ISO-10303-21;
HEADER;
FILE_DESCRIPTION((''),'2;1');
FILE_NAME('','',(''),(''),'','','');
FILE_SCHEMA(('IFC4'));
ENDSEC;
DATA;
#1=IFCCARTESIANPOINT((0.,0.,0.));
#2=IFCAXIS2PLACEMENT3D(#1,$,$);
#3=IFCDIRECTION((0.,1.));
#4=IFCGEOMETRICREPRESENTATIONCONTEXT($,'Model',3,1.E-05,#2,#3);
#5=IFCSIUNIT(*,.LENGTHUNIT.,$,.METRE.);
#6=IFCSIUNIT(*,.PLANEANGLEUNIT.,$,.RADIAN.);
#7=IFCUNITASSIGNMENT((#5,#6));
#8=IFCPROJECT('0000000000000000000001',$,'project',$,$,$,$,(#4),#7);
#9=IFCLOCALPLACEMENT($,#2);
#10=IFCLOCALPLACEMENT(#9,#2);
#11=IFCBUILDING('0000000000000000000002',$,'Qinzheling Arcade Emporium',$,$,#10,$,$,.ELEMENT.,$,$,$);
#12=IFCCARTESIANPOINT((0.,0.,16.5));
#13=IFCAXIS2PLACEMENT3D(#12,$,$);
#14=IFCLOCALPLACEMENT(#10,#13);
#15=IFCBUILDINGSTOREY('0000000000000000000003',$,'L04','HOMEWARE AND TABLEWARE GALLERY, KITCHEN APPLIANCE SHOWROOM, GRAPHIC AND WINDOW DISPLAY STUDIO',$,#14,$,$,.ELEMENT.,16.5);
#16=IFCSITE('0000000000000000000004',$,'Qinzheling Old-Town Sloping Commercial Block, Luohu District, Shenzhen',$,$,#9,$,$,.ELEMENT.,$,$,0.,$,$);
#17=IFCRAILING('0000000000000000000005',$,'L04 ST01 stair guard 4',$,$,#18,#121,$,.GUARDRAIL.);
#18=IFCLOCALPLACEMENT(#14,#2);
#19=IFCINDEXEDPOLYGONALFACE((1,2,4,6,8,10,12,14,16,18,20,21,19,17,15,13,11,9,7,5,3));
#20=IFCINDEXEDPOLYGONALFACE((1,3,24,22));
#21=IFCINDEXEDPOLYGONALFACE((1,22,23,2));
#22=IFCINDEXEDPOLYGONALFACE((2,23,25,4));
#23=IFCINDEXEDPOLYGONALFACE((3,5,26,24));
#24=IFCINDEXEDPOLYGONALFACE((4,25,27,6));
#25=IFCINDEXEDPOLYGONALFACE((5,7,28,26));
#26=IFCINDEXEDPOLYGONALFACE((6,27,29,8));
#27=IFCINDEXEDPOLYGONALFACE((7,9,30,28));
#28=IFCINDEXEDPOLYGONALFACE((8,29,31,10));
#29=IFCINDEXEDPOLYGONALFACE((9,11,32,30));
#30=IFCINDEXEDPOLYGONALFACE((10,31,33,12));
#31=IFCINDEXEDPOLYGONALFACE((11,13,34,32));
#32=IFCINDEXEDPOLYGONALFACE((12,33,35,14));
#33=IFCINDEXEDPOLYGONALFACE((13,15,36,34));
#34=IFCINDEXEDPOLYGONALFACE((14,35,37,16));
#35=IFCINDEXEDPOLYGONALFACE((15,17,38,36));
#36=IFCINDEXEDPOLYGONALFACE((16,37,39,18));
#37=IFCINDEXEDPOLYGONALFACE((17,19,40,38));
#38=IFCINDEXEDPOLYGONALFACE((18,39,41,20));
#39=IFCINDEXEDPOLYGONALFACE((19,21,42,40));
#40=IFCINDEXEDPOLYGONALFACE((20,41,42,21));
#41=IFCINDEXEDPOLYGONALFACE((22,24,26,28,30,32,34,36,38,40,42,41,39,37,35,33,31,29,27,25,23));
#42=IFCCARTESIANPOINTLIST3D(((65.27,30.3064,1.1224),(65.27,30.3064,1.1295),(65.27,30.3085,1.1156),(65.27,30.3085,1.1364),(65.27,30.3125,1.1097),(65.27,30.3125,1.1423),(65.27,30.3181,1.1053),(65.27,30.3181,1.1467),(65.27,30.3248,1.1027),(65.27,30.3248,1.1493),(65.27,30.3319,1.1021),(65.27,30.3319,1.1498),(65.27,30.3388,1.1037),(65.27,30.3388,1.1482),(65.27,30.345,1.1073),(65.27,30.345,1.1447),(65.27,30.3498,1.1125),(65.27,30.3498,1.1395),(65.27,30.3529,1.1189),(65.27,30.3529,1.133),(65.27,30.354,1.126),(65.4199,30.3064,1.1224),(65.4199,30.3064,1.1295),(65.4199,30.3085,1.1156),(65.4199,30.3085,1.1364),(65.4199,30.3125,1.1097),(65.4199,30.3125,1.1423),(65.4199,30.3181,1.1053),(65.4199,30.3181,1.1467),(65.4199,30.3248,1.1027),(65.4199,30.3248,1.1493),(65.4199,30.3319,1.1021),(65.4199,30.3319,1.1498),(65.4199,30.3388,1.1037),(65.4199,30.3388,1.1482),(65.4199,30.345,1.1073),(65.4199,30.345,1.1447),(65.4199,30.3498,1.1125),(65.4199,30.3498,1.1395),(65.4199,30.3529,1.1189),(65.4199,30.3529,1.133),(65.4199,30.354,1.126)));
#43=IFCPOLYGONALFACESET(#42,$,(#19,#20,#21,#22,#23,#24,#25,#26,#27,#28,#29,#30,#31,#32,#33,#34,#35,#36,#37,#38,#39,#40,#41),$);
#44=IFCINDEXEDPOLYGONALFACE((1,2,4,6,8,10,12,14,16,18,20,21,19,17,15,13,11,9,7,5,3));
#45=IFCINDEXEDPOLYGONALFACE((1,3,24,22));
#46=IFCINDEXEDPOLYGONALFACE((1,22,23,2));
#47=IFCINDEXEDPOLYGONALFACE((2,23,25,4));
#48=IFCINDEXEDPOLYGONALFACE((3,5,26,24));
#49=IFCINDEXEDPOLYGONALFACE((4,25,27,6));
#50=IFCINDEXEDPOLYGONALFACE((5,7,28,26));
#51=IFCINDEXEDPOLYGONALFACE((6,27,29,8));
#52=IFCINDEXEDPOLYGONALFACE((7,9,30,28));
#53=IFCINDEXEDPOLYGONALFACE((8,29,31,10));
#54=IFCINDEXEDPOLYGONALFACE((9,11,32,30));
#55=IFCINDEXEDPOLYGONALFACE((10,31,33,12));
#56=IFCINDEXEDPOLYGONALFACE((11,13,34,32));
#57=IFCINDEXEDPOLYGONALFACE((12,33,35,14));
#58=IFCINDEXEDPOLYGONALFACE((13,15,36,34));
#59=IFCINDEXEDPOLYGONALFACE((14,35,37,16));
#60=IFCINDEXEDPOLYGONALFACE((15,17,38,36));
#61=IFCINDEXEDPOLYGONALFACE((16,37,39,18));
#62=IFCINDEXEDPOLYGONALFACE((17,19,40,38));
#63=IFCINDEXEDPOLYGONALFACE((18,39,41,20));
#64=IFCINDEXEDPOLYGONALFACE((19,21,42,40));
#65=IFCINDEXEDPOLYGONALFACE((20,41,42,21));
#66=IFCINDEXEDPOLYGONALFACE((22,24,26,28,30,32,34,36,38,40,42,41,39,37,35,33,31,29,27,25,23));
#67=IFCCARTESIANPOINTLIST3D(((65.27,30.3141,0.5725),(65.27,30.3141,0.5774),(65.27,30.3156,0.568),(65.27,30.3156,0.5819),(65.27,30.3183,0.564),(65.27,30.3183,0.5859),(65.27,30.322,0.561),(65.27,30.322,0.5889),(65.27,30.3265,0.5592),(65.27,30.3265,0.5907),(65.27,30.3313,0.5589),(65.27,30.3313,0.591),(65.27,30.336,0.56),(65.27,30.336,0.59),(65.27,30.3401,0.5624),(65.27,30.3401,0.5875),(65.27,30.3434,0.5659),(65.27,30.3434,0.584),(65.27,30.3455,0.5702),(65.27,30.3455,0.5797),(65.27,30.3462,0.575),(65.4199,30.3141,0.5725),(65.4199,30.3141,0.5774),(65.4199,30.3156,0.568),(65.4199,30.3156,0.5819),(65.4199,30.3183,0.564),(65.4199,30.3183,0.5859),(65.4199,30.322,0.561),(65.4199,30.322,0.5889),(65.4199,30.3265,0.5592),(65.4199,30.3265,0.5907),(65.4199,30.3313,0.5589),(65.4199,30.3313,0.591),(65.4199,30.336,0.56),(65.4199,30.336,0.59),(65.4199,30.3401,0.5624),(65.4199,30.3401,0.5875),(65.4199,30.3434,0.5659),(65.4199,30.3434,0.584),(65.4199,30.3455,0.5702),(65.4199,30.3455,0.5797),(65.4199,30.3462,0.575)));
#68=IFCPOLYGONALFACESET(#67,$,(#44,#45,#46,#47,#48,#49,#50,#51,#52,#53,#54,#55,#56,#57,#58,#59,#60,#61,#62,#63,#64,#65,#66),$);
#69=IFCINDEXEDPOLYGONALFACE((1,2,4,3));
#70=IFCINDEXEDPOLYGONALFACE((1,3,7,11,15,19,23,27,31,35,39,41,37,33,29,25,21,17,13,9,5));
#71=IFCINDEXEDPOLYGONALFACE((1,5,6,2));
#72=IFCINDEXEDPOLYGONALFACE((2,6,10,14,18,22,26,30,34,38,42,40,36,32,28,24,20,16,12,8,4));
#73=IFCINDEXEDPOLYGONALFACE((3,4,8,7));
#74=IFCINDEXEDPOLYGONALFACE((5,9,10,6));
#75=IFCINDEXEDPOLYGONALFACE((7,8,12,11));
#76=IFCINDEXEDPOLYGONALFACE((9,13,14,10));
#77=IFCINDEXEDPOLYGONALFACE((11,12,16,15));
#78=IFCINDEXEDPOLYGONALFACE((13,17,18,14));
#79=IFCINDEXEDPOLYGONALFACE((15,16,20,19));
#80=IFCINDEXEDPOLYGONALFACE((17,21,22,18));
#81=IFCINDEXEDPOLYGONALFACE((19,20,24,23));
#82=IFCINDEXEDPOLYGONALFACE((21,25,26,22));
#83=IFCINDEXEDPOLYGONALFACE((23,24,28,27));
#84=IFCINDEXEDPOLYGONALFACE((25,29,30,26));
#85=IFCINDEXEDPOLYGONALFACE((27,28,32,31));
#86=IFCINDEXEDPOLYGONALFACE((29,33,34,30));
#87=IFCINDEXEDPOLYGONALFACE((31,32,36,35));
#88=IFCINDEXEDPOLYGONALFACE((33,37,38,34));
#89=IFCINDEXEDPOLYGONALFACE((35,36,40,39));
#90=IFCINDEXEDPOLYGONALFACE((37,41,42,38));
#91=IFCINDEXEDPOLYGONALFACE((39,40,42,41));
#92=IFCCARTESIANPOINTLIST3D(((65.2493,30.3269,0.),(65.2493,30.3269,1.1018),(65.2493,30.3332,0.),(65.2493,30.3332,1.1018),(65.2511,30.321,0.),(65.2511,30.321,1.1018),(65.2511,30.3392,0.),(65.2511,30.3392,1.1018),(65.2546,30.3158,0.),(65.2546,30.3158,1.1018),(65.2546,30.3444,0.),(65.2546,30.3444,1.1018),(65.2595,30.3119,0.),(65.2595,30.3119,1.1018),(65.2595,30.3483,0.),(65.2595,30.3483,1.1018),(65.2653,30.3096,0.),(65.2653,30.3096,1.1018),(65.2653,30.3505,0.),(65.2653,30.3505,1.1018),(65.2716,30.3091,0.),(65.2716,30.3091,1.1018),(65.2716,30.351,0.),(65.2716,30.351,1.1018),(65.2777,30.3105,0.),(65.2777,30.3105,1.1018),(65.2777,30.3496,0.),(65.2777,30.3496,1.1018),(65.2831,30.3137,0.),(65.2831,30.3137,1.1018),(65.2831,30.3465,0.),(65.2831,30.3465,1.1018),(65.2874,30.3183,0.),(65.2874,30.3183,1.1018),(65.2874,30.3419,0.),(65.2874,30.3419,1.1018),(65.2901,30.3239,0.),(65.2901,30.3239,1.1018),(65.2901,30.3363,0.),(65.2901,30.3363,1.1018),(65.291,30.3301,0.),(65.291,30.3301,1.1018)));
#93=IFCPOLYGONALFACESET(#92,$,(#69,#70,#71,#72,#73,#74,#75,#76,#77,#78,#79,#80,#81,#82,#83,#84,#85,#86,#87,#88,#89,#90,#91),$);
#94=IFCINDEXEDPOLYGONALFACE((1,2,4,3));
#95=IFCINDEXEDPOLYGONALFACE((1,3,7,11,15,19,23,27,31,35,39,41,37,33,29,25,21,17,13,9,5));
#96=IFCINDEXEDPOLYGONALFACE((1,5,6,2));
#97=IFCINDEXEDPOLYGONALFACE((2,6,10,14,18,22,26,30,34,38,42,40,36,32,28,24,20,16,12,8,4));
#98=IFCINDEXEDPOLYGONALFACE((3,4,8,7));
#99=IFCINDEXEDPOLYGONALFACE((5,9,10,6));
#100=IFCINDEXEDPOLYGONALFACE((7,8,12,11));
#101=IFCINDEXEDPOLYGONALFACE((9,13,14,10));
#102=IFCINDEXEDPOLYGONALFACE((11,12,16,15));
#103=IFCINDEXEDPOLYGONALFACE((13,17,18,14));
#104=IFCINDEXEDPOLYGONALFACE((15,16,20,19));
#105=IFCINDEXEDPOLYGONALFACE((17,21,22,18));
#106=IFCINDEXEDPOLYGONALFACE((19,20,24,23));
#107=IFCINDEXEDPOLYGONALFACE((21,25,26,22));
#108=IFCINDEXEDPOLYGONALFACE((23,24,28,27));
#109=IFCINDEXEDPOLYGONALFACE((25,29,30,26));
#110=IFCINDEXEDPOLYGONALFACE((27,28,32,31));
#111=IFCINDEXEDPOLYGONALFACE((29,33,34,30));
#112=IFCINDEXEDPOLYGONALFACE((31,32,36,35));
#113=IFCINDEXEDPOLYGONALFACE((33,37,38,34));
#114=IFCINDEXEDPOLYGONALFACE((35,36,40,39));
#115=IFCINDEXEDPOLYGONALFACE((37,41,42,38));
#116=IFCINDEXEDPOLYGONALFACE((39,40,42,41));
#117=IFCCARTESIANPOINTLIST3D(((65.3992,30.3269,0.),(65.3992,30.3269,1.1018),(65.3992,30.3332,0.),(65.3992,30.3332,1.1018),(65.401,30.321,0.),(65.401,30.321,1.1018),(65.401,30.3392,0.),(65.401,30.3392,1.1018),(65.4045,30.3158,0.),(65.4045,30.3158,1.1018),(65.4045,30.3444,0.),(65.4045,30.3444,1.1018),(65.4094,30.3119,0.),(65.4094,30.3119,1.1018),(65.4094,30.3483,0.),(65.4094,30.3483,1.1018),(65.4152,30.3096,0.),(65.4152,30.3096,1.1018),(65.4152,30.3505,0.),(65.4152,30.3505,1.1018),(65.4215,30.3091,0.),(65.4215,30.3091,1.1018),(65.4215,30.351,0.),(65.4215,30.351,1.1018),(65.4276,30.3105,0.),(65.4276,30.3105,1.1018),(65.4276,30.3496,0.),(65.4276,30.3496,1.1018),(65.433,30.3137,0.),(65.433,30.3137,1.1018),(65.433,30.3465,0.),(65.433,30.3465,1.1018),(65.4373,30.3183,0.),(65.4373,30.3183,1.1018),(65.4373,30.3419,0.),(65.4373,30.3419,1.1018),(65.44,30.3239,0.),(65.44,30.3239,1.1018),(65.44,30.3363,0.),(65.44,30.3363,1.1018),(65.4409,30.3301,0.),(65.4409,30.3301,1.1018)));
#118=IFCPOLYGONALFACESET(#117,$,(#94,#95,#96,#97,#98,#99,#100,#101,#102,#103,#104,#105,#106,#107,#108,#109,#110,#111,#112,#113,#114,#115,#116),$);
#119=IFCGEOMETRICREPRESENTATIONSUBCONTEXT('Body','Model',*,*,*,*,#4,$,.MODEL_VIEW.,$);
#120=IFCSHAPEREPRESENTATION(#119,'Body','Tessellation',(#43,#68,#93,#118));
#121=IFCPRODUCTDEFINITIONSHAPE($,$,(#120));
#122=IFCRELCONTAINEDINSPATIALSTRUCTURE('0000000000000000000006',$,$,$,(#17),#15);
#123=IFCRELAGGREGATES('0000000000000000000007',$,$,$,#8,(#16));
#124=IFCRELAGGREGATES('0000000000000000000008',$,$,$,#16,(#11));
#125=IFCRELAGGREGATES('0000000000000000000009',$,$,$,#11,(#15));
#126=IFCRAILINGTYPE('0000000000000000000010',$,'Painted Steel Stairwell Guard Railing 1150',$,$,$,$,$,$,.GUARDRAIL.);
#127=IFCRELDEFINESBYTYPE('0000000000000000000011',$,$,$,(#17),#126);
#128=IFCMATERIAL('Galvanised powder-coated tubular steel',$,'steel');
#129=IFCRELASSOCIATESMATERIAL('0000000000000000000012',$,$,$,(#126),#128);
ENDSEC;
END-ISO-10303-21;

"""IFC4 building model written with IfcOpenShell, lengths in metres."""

from ifc_helpers import new_model, si_unit, direction, frame, origin, origin_2d, place, context, subcontext, project, spatial, circle, extrude, material, type_object, element, save


model = new_model("IFC4")

# Units and contexts
model_context = context("Model", 3, precision=1e-05, world=origin(), true_north=direction((0.0, 1.0)))
body_context = subcontext(model_context, "Body", "Model", "MODEL_VIEW")
ifc_project = project(units=[si_unit("LENGTHUNIT", "METRE"), si_unit("PLANEANGLEUNIT", "RADIAN")], contexts=[model_context])

# Site, building, storey
site_placement = place(None, origin())
site = spatial("IfcSite", under=ifc_project, at=site_placement, Name="Qinzheling Old-Town Sloping Commercial Block, Luohu District, Shenzhen", CompositionType="ELEMENT", RefElevation=0.0)
building_placement = place(site_placement, origin())
building = spatial("IfcBuilding", under=site, at=building_placement, Name="Qinzheling Arcade Emporium", CompositionType="ELEMENT")
storey_placement = place(building_placement, frame((0.0, 0.0, 16.5)))
storey = spatial("IfcBuildingStorey", under=building, at=storey_placement, Name="L04", Description="HOMEWARE AND TABLEWARE GALLERY, KITCHEN APPLIANCE SHOWROOM, GRAPHIC AND WINDOW DISPLAY STUDIO", CompositionType="ELEMENT", Elevation=16.5)

# Railing
ifc_material_1 = material(Name="Galvanised powder-coated tubular steel", Category="steel")
railing_type_1 = type_object("IfcRailingType", Name="Painted Steel Stairwell Guard Railing 1150", PredefinedType="GUARDRAIL", material=ifc_material_1)
railing_1_placement = place(storey_placement, frame((65.27, 30.3301, 0.0)))
element("IfcRailing", 1, at=railing_1_placement, inside=storey, type_object=railing_type_1, Name="L04 ST01 stair guard 4", PredefinedType="GUARDRAIL", context=body_context, shape_type="SweptSolid", body=[
    extrude(circle(Radius=0.0239, at=origin_2d()), frame((0.0, 0.0, 1.126), z_axis=(1.0, 0.0, 0.0), x_axis=(0.0, 1.0, 0.0)), (0.0, 0.0, 1.0), 0.1499),
    extrude(circle(Radius=0.0161, at=origin_2d()), frame((0.0, 0.0, 0.575), z_axis=(1.0, 0.0, 0.0), x_axis=(0.0, 1.0, 0.0)), (0.0, 0.0, 1.0), 0.1499),
    extrude(circle(Radius=0.021, at=origin_2d()), origin(), (0.0, 0.0, 1.0), 1.1018),
    extrude(circle(Radius=0.021, at=origin_2d()), frame((0.1499, 0.0, 0.0)), (0.0, 0.0, 1.0), 1.1018),
])

save(model, "model.ifc")
